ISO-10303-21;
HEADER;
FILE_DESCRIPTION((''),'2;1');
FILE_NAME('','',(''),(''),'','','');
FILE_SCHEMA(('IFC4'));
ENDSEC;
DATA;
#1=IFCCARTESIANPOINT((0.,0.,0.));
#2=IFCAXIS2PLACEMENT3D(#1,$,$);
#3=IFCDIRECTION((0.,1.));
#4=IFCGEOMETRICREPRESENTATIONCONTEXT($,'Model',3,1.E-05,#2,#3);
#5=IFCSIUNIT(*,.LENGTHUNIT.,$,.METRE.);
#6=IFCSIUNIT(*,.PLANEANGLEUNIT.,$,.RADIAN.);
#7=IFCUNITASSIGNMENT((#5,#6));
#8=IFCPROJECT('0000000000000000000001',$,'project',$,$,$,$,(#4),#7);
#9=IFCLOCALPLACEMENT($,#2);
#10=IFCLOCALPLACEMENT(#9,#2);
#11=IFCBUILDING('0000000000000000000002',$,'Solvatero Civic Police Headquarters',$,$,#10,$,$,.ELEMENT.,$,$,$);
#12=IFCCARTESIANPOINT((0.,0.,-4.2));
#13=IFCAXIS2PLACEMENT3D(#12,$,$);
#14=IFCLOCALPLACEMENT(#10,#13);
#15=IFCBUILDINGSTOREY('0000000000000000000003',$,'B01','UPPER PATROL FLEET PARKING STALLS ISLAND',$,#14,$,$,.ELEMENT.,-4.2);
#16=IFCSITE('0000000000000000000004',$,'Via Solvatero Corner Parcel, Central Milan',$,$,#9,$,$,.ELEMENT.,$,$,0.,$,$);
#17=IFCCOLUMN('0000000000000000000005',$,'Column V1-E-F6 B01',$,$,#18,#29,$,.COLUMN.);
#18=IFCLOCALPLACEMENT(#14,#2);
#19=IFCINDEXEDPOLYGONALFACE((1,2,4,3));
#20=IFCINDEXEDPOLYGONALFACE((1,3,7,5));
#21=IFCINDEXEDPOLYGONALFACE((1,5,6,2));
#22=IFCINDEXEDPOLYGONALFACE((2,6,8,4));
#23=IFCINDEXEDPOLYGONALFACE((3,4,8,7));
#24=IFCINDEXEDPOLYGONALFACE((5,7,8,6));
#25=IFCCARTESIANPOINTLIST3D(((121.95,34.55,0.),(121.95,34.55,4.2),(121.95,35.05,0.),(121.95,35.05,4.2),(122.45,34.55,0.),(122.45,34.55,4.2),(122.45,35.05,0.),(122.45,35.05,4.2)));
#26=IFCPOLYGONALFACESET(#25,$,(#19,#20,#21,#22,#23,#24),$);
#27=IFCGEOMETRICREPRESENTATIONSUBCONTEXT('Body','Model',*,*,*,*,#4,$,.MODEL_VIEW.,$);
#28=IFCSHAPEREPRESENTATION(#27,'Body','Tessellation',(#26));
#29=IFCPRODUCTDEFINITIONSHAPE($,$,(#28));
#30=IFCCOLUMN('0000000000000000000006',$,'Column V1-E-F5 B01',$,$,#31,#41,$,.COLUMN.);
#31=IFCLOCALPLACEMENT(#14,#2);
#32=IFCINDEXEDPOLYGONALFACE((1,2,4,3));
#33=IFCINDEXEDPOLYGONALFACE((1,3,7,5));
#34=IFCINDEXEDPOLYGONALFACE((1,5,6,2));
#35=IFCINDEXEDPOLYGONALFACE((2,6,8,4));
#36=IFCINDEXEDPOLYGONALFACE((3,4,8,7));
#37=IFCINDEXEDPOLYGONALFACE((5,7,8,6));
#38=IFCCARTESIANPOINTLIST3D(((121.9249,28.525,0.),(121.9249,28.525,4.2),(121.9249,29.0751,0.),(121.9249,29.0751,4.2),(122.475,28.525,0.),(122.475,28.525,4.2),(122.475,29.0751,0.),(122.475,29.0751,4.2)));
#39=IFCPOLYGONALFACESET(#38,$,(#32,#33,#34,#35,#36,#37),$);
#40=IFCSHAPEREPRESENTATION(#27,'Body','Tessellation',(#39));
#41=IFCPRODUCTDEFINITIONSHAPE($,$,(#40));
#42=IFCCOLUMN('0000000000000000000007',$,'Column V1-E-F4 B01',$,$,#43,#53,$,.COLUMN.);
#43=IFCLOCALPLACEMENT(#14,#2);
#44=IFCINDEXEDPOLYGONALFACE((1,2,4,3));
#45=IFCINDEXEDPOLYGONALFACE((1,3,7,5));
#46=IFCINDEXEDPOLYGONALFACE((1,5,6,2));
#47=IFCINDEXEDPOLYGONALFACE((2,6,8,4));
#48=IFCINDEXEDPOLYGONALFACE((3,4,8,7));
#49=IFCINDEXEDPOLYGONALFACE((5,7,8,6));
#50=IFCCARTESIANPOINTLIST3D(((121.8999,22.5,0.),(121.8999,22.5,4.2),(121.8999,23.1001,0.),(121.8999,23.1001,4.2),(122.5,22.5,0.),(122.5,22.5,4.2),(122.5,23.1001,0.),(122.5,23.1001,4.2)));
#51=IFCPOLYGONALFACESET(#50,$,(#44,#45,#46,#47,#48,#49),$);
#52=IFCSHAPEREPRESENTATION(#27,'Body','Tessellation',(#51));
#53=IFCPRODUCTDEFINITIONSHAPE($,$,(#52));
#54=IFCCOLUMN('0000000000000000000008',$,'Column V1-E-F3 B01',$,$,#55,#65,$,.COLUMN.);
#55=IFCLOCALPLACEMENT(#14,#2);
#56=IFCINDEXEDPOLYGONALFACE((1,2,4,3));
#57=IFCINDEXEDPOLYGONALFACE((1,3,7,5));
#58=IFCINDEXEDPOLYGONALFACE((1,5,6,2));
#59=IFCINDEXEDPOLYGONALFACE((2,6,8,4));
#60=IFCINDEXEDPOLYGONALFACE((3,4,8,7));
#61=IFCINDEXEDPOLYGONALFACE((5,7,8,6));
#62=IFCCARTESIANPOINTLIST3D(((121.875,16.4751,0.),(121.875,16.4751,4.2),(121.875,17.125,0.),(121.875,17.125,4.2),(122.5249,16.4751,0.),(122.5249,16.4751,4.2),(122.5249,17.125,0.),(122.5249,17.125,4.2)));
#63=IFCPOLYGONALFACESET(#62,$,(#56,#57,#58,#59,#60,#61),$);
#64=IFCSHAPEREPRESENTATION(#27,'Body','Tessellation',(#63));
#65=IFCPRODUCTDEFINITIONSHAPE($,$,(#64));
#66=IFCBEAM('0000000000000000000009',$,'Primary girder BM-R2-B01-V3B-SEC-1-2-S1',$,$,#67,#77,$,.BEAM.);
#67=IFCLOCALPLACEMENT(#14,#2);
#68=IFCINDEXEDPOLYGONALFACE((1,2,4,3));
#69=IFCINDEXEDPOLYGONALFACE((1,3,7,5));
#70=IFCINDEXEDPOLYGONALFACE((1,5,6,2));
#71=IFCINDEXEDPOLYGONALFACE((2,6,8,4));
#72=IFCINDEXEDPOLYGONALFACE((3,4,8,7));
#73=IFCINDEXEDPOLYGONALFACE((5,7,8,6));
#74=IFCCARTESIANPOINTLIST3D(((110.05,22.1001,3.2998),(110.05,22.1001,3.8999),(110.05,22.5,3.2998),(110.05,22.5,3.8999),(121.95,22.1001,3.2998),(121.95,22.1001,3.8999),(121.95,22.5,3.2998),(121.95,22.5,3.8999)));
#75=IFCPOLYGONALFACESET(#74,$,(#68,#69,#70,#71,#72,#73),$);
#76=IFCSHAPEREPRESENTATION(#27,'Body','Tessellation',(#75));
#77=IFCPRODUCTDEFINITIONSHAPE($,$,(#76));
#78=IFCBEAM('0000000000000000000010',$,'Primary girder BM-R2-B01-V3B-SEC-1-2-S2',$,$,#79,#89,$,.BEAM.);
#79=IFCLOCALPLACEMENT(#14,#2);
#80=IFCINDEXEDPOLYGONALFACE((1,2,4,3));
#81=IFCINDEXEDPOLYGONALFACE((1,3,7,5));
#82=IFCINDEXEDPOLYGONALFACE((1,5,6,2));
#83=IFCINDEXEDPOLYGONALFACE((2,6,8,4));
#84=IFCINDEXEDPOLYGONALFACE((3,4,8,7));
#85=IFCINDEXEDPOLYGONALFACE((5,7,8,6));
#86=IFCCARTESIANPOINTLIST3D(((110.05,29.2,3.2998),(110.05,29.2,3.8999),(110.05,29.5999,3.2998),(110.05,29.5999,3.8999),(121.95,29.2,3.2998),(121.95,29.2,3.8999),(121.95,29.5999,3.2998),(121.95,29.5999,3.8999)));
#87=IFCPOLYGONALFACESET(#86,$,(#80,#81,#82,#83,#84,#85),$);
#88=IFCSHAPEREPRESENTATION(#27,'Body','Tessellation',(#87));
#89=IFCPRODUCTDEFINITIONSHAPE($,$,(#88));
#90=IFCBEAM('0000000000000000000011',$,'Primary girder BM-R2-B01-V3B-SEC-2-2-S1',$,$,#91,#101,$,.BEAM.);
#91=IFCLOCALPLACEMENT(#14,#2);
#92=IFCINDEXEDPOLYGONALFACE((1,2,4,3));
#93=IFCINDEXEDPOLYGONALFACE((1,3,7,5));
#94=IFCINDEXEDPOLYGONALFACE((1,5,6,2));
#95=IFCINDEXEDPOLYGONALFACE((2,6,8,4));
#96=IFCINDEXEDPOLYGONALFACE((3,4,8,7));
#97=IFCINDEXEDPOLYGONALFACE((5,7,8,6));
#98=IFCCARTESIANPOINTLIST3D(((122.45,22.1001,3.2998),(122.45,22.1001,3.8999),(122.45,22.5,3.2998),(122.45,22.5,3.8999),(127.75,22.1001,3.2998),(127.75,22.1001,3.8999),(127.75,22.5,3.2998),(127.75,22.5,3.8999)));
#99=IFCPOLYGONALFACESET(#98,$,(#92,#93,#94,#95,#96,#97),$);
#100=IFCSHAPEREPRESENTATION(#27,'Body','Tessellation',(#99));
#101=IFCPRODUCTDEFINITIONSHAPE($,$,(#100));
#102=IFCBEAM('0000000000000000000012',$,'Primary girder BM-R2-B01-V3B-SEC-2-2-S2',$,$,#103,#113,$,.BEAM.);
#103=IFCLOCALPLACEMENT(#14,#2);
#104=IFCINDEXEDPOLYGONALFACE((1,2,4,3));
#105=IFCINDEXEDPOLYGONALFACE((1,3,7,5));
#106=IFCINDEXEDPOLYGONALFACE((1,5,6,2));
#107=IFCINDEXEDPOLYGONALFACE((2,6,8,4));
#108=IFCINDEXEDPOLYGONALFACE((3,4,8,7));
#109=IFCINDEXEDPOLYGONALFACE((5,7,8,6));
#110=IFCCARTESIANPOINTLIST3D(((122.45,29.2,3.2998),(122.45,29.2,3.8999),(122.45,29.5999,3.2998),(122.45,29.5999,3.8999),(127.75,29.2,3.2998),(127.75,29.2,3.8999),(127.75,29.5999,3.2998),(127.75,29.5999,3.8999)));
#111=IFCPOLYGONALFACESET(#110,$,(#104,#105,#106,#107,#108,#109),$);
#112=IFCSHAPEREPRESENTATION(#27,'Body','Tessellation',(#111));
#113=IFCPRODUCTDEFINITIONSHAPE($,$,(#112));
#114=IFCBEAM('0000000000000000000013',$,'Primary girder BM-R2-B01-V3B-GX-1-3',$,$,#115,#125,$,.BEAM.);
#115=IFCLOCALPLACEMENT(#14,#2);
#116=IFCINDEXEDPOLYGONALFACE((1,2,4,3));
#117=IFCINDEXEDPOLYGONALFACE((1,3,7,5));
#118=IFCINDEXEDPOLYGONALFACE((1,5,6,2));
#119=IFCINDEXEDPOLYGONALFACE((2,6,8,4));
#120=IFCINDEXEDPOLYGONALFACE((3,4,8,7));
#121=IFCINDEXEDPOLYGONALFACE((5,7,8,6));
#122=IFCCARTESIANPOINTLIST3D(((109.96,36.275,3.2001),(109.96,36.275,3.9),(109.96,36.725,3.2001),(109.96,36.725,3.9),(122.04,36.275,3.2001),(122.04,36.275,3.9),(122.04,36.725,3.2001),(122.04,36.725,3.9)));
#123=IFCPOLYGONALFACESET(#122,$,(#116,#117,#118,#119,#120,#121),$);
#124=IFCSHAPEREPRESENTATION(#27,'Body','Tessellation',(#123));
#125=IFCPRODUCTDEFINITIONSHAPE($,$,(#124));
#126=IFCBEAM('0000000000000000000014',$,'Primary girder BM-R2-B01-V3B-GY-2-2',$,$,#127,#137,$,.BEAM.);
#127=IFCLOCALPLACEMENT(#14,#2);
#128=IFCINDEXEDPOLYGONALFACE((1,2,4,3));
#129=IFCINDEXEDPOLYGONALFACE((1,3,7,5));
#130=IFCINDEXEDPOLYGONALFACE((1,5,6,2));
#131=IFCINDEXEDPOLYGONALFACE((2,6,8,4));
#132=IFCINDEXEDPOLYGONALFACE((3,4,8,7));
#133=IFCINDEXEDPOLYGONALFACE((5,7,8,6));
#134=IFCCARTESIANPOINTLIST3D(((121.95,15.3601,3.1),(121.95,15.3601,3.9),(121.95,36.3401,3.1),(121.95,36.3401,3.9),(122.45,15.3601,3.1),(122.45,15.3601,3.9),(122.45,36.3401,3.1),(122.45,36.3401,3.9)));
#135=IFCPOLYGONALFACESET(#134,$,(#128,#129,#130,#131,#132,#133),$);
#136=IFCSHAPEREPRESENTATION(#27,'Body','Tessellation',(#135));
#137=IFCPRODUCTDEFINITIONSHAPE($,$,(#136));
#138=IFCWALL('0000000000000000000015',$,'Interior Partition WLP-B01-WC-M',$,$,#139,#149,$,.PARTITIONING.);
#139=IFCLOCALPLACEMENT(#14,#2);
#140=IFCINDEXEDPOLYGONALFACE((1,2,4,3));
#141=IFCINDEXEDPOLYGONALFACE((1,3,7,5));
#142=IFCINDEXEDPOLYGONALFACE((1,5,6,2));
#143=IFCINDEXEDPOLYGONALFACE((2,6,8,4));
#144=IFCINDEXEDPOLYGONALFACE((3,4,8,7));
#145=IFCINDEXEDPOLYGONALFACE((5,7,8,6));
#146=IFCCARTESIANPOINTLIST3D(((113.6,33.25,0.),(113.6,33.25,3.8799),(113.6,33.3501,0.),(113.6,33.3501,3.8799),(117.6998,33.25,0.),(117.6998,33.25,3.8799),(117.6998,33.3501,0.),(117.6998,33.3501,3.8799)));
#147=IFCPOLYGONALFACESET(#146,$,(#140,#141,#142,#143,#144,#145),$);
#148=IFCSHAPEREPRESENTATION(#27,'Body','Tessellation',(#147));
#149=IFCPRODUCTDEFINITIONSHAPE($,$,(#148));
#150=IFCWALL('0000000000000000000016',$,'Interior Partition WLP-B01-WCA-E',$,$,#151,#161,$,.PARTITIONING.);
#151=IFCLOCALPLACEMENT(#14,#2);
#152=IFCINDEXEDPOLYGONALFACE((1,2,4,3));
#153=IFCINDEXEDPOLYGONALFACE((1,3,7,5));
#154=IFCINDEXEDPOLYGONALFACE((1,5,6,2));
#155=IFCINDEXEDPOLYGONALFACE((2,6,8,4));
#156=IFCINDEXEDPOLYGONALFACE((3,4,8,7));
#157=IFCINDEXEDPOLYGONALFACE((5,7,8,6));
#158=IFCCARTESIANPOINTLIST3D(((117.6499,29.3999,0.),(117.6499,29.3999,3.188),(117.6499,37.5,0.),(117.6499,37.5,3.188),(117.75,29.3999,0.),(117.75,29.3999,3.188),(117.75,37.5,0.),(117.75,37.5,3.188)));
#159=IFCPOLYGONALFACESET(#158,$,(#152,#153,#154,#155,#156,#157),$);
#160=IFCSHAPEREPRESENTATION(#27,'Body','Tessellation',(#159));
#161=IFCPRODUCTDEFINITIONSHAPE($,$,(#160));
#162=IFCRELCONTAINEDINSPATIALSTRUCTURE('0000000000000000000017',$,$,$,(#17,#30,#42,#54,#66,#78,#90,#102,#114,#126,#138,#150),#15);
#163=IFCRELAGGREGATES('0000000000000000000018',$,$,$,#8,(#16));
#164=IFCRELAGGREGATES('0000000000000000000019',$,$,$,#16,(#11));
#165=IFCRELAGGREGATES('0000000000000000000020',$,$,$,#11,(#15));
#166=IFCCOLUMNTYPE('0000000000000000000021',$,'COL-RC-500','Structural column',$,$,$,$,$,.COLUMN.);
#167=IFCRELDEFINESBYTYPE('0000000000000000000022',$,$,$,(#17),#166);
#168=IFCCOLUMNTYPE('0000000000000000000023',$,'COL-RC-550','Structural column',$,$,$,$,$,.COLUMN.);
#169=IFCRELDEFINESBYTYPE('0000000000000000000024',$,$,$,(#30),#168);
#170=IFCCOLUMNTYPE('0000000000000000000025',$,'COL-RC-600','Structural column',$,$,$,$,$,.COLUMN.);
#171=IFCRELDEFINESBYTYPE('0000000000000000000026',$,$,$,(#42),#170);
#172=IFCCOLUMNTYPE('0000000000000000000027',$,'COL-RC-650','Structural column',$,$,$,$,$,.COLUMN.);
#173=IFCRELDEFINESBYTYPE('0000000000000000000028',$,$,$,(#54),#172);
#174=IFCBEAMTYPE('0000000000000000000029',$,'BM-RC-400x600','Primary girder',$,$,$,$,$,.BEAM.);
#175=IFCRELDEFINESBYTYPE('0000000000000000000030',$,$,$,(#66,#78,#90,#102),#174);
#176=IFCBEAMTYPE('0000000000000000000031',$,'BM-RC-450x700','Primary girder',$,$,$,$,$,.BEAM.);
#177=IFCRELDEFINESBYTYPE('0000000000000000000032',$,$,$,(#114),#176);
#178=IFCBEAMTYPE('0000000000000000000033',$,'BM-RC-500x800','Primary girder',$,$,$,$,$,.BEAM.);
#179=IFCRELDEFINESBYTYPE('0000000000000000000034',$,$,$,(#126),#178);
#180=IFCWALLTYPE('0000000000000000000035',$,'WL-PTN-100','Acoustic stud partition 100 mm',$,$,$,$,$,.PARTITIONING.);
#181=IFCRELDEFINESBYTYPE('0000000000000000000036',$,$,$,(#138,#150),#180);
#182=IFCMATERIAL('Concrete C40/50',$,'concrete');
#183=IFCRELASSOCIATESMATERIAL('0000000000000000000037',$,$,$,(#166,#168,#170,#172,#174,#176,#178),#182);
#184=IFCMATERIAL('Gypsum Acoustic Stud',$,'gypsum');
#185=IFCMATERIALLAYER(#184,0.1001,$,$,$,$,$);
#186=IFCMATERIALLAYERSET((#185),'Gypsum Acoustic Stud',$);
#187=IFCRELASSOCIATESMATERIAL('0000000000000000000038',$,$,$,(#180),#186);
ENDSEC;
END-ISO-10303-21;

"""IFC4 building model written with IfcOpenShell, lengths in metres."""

from ifc_helpers import new_model, si_unit, direction, frame, frame_2d, origin, origin_2d, place, context, subcontext, project, spatial, rectangle, extrude, material, layer, layer_set, material_profile, profile_set, type_object, element, save


model = new_model("IFC4")

# Units and contexts
model_context = context("Model", 3, precision=1e-05, world=origin(), true_north=direction((0.0, 1.0)))
body_context = subcontext(model_context, "Body", "Model", "MODEL_VIEW")
ifc_project = project(units=[si_unit("LENGTHUNIT", "METRE"), si_unit("PLANEANGLEUNIT", "RADIAN")], contexts=[model_context])

# Site, building, storey
site_placement = place(None, origin())
site = spatial("IfcSite", under=ifc_project, at=site_placement, Name="Via Solvatero Corner Parcel, Central Milan", CompositionType="ELEMENT", RefElevation=0.0)
building_placement = place(site_placement, origin())
building = spatial("IfcBuilding", under=site, at=building_placement, Name="Solvatero Civic Police Headquarters", CompositionType="ELEMENT")
storey_placement = place(building_placement, frame((0.0, 0.0, -4.2)))
storey = spatial("IfcBuildingStorey", under=building, at=storey_placement, Name="B01", Description="UPPER PATROL FLEET PARKING STALLS ISLAND", CompositionType="ELEMENT", Elevation=-4.2)

# Columns
ifc_material_1 = material(Name="Concrete C40/50", Category="concrete")
ifc_material_profile_1 = material_profile(ifc_material_1, rectangle(XDim=0.5, YDim=0.5, at=origin_2d()), Name="RC 500x500")
ifc_profile_set_1 = profile_set([ifc_material_profile_1], Name="Concrete C40/50")
column_type_1 = type_object("IfcColumnType", Name="COL-RC-500", Description="Structural column", PredefinedType="COLUMN", material=ifc_profile_set_1)
column_1_placement = place(storey_placement, frame((122.2, 34.8, 0.0), z_axis=(0.0, 0.0, 1.0), x_axis=(1.0, 0.0, 0.0)))
element("IfcColumn", 1, at=column_1_placement, inside=storey, type_object=column_type_1, Name="Column V1-E-F6 B01", PredefinedType="COLUMN", context=body_context, shape_type="SweptSolid", body=[
    extrude(rectangle(XDim=0.5, YDim=0.5, at=origin_2d()), origin(), (0.0, 0.0, 1.0), 4.2),
])
ifc_material_profile_2 = material_profile(ifc_material_1, rectangle(XDim=0.55, YDim=0.55, at=origin_2d()), Name="RC 550x550")
ifc_profile_set_2 = profile_set([ifc_material_profile_2], Name="Concrete C40/50")
column_type_2 = type_object("IfcColumnType", Name="COL-RC-550", Description="Structural column", PredefinedType="COLUMN", material=ifc_profile_set_2)
column_2_placement = place(storey_placement, frame((122.2, 28.8, 0.0), z_axis=(0.0, 0.0, 1.0), x_axis=(1.0, 0.0, 0.0)))
element("IfcColumn", 2, at=column_2_placement, inside=storey, type_object=column_type_2, Name="Column V1-E-F5 B01", PredefinedType="COLUMN", context=body_context, shape_type="SweptSolid", body=[
    extrude(rectangle(XDim=0.55, YDim=0.55, at=origin_2d()), origin(), (0.0, 0.0, 1.0), 4.2),
])
ifc_material_profile_3 = material_profile(ifc_material_1, rectangle(XDim=0.6001, YDim=0.6001, at=origin_2d()), Name="RC 600x600")
ifc_profile_set_3 = profile_set([ifc_material_profile_3], Name="Concrete C40/50")
column_type_3 = type_object("IfcColumnType", Name="COL-RC-600", Description="Structural column", PredefinedType="COLUMN", material=ifc_profile_set_3)
column_3_placement = place(storey_placement, frame((122.2, 22.8, 0.0), z_axis=(0.0, 0.0, 1.0), x_axis=(1.0, 0.0, 0.0)))
element("IfcColumn", 3, at=column_3_placement, inside=storey, type_object=column_type_3, Name="Column V1-E-F4 B01", PredefinedType="COLUMN", context=body_context, shape_type="SweptSolid", body=[
    extrude(rectangle(XDim=0.6001, YDim=0.6001, at=origin_2d()), origin(), (0.0, 0.0, 1.0), 4.2),
])
ifc_material_profile_4 = material_profile(ifc_material_1, rectangle(XDim=0.6499, YDim=0.6499, at=origin_2d()), Name="RC 650x650")
ifc_profile_set_4 = profile_set([ifc_material_profile_4], Name="Concrete C40/50")
column_type_4 = type_object("IfcColumnType", Name="COL-RC-650", Description="Structural column", PredefinedType="COLUMN", material=ifc_profile_set_4)
column_4_placement = place(storey_placement, frame((122.2, 16.8, 0.0), z_axis=(0.0, 0.0, 1.0), x_axis=(1.0, 0.0, 0.0)))
element("IfcColumn", 4, at=column_4_placement, inside=storey, type_object=column_type_4, Name="Column V1-E-F3 B01", PredefinedType="COLUMN", context=body_context, shape_type="SweptSolid", body=[
    extrude(rectangle(XDim=0.6499, YDim=0.6499, at=origin_2d()), origin(), (0.0, 0.0, 1.0), 4.2),
])

# Beams
ifc_material_profile_5 = material_profile(ifc_material_1, rectangle(XDim=0.3999, YDim=0.6001, at=origin_2d()), Name="RC 400x600")
ifc_profile_set_5 = profile_set([ifc_material_profile_5], Name="Concrete C40/50")
beam_type_1 = type_object("IfcBeamType", Name="BM-RC-400x600", Description="Primary girder", PredefinedType="BEAM", material=ifc_profile_set_5)
for number, where, z_axis, x_axis, name in (
    (5, (110.05, 22.3, 3.5999), (1.0, 0.0, 0.0), (0.0, 1.0, 0.0), "Primary girder BM-R2-B01-V3B-SEC-1-2-S1"),
    (6, (110.05, 29.3999, 3.5999), (1.0, 0.0, 0.0), (0.0, 1.0, 0.0), "Primary girder BM-R2-B01-V3B-SEC-1-2-S2"),
):
    element("IfcBeam", number, at=place(storey_placement, frame(where, z_axis=z_axis, x_axis=x_axis)), inside=storey, type_object=beam_type_1, Name=name, PredefinedType="BEAM", context=body_context, shape_type="SweptSolid", body=[
        extrude(rectangle(XDim=0.3999, YDim=0.6001, at=origin_2d()), origin(), (0.0, 0.0, 1.0), 11.8999),
    ])
for number, where, z_axis, x_axis, name in (
    (7, (122.45, 22.3, 3.5999), (1.0, 0.0, 0.0), (0.0, 1.0, 0.0), "Primary girder BM-R2-B01-V3B-SEC-2-2-S1"),
    (8, (122.45, 29.3999, 3.5999), (1.0, 0.0, 0.0), (0.0, 1.0, 0.0), "Primary girder BM-R2-B01-V3B-SEC-2-2-S2"),
):
    element("IfcBeam", number, at=place(storey_placement, frame(where, z_axis=z_axis, x_axis=x_axis)), inside=storey, type_object=beam_type_1, Name=name, PredefinedType="BEAM", context=body_context, shape_type="SweptSolid", body=[
        extrude(rectangle(XDim=0.3999, YDim=0.6001, at=origin_2d()), origin(), (0.0, 0.0, 1.0), 5.3),
    ])
ifc_material_profile_6 = material_profile(ifc_material_1, rectangle(XDim=0.45, YDim=0.7, at=origin_2d()), Name="RC 450x700")
ifc_profile_set_6 = profile_set([ifc_material_profile_6], Name="Concrete C40/50")
beam_type_2 = type_object("IfcBeamType", Name="BM-RC-450x700", Description="Primary girder", PredefinedType="BEAM", material=ifc_profile_set_6)
beam_1_placement = place(storey_placement, frame((109.96, 36.5, 3.55), z_axis=(1.0, 0.0, 0.0), x_axis=(0.0, 1.0, 0.0)))
element("IfcBeam", 9, at=beam_1_placement, inside=storey, type_object=beam_type_2, Name="Primary girder BM-R2-B01-V3B-GX-1-3", PredefinedType="BEAM", context=body_context, shape_type="SweptSolid", body=[
    extrude(rectangle(XDim=0.45, YDim=0.7, at=origin_2d()), origin(), (0.0, 0.0, 1.0), 12.0801),
])
ifc_material_profile_7 = material_profile(ifc_material_1, rectangle(XDim=0.5, YDim=0.8, at=origin_2d()), Name="RC 500x800")
ifc_profile_set_7 = profile_set([ifc_material_profile_7], Name="Concrete C40/50")
beam_type_3 = type_object("IfcBeamType", Name="BM-RC-500x800", Description="Primary girder", PredefinedType="BEAM", material=ifc_profile_set_7)
beam_2_placement = place(storey_placement, frame((122.2, 15.3601, 3.5), z_axis=(0.0, 1.0, 0.0), x_axis=(-1.0, 0.0, 0.0)))
element("IfcBeam", 10, at=beam_2_placement, inside=storey, type_object=beam_type_3, Name="Primary girder BM-R2-B01-V3B-GY-2-2", PredefinedType="BEAM", context=body_context, shape_type="SweptSolid", body=[
    extrude(rectangle(XDim=0.5, YDim=0.8, at=origin_2d()), origin(), (0.0, 0.0, 1.0), 20.98),
])

# Walls
ifc_material_2 = material(Name="Gypsum Acoustic Stud", Category="gypsum")
ifc_layer_1 = layer(ifc_material_2, 0.1001)
ifc_layer_set_1 = layer_set([ifc_layer_1], Name="Gypsum Acoustic Stud")
wall_type_1 = type_object("IfcWallType", Name="WL-PTN-100", Description="Acoustic stud partition 100 mm", PredefinedType="PARTITIONING", material=ifc_layer_set_1)
wall_1_placement = place(storey_placement, frame((113.6001, 33.3, 0.0), z_axis=(0.0, 0.0, 1.0), x_axis=(1.0, 0.0, 0.0)))
element("IfcWall", 11, at=wall_1_placement, inside=storey, type_object=wall_type_1, Name="Interior Partition WLP-B01-WC-M", PredefinedType="PARTITIONING", context=body_context, shape_type="SweptSolid", body=[
    extrude(rectangle(XDim=4.0999, YDim=0.1001, at=frame_2d((2.0498, 0.0))), origin(), (0.0, 0.0, 1.0), 3.8799),
])
wall_2_placement = place(storey_placement, frame((117.7, 29.3999, 0.0), z_axis=(0.0, 0.0, 1.0), x_axis=(0.0, 1.0, 0.0)))
element("IfcWall", 12, at=wall_2_placement, inside=storey, type_object=wall_type_1, Name="Interior Partition WLP-B01-WCA-E", PredefinedType="PARTITIONING", context=body_context, shape_type="SweptSolid", body=[
    extrude(rectangle(XDim=8.1001, YDim=0.1001, at=frame_2d((4.05, 0.0))), origin(), (0.0, 0.0, 1.0), 3.188),
])

save(model, "model.ifc")
